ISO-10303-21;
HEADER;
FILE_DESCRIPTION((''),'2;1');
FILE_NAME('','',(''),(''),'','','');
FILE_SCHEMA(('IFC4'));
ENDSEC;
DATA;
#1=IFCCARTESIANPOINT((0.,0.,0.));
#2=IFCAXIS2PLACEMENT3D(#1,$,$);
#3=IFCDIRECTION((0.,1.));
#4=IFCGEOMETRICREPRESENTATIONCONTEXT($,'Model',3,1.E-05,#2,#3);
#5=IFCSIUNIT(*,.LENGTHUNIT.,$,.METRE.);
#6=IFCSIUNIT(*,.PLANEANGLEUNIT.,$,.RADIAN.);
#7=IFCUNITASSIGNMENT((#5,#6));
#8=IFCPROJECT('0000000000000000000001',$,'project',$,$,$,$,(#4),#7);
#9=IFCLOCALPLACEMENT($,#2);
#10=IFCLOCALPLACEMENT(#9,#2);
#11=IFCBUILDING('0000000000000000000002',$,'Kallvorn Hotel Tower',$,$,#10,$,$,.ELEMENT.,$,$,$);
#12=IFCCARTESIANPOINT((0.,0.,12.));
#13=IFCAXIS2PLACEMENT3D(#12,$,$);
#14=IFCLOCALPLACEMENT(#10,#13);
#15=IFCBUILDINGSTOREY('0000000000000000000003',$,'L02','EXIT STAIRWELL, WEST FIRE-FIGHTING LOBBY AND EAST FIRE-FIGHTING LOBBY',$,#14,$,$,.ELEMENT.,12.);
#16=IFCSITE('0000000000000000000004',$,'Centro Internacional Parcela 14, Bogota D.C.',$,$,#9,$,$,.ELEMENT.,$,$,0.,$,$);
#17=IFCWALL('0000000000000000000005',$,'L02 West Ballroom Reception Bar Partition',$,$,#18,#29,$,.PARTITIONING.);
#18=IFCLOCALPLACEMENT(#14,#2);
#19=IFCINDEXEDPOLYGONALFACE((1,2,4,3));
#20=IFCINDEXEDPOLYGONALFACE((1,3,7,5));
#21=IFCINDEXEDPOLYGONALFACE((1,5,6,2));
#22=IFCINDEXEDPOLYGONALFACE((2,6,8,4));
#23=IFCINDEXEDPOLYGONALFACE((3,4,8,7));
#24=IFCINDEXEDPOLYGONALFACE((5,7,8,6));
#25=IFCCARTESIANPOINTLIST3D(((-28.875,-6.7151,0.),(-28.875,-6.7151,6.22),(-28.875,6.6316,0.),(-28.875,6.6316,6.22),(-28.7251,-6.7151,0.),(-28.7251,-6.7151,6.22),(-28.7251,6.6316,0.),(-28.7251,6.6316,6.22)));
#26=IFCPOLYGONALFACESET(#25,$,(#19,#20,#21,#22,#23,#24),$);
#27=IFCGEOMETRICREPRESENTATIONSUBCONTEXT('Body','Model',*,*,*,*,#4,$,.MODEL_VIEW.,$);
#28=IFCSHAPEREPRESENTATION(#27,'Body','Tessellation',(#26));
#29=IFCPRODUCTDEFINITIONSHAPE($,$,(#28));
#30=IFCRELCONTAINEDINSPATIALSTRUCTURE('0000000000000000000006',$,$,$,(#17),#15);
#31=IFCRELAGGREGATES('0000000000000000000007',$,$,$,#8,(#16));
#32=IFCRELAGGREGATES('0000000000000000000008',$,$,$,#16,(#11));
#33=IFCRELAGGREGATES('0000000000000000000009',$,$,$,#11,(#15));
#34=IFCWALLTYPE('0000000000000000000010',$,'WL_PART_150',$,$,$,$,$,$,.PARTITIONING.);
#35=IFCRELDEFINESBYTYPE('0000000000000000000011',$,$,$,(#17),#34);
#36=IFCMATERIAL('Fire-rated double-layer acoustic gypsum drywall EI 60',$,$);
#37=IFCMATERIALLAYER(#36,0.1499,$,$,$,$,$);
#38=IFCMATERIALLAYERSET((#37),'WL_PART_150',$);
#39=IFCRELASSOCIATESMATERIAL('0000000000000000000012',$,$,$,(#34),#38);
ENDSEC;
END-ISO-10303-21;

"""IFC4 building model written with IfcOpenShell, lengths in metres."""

from ifc_helpers import new_model, si_unit, direction, frame, frame_2d, origin, place, context, subcontext, project, spatial, rectangle, extrude, material, layer, layer_set, type_object, element, save


model = new_model("IFC4")

# Units and contexts
model_context = context("Model", 3, precision=1e-05, world=origin(), true_north=direction((0.0, 1.0)))
body_context = subcontext(model_context, "Body", "Model", "MODEL_VIEW")
ifc_project = project(units=[si_unit("LENGTHUNIT", "METRE"), si_unit("PLANEANGLEUNIT", "RADIAN")], contexts=[model_context])

# Site, building, storey
site_placement = place(None, origin())
site = spatial("IfcSite", under=ifc_project, at=site_placement, Name="Centro Internacional Parcela 14, Bogota D.C.", CompositionType="ELEMENT", RefElevation=0.0)
building_placement = place(site_placement, origin())
building = spatial("IfcBuilding", under=site, at=building_placement, Name="Kallvorn Hotel Tower", CompositionType="ELEMENT")
storey_placement = place(building_placement, frame((0.0, 0.0, 12.0)))
storey = spatial("IfcBuildingStorey", under=building, at=storey_placement, Name="L02", Description="EXIT STAIRWELL, WEST FIRE-FIGHTING LOBBY AND EAST FIRE-FIGHTING LOBBY", CompositionType="ELEMENT", Elevation=12.0)

# Wall
ifc_material_1 = material(Name="Fire-rated double-layer acoustic gypsum drywall EI 60")
ifc_layer_1 = layer(ifc_material_1, 0.1499)
ifc_layer_set_1 = layer_set([ifc_layer_1], Name="WL_PART_150")
wall_type_1 = type_object("IfcWallType", Name="WL_PART_150", PredefinedType="PARTITIONING", material=ifc_layer_set_1)
wall_1_placement = place(storey_placement, frame((-28.8, -6.7151, 0.0), z_axis=(0.0, 0.0, 1.0), x_axis=(0.0, 1.0, 0.0)))
element("IfcWall", 1, at=wall_1_placement, inside=storey, type_object=wall_type_1, Name="L02 West Ballroom Reception Bar Partition", PredefinedType="PARTITIONING", context=body_context, shape_type="SweptSolid", body=[
    extrude(rectangle(XDim=13.3467, YDim=0.1499, at=frame_2d((6.6733, 0.0))), origin(), (0.0, 0.0, 1.0), 6.22),
])

save(model, "model.ifc")
